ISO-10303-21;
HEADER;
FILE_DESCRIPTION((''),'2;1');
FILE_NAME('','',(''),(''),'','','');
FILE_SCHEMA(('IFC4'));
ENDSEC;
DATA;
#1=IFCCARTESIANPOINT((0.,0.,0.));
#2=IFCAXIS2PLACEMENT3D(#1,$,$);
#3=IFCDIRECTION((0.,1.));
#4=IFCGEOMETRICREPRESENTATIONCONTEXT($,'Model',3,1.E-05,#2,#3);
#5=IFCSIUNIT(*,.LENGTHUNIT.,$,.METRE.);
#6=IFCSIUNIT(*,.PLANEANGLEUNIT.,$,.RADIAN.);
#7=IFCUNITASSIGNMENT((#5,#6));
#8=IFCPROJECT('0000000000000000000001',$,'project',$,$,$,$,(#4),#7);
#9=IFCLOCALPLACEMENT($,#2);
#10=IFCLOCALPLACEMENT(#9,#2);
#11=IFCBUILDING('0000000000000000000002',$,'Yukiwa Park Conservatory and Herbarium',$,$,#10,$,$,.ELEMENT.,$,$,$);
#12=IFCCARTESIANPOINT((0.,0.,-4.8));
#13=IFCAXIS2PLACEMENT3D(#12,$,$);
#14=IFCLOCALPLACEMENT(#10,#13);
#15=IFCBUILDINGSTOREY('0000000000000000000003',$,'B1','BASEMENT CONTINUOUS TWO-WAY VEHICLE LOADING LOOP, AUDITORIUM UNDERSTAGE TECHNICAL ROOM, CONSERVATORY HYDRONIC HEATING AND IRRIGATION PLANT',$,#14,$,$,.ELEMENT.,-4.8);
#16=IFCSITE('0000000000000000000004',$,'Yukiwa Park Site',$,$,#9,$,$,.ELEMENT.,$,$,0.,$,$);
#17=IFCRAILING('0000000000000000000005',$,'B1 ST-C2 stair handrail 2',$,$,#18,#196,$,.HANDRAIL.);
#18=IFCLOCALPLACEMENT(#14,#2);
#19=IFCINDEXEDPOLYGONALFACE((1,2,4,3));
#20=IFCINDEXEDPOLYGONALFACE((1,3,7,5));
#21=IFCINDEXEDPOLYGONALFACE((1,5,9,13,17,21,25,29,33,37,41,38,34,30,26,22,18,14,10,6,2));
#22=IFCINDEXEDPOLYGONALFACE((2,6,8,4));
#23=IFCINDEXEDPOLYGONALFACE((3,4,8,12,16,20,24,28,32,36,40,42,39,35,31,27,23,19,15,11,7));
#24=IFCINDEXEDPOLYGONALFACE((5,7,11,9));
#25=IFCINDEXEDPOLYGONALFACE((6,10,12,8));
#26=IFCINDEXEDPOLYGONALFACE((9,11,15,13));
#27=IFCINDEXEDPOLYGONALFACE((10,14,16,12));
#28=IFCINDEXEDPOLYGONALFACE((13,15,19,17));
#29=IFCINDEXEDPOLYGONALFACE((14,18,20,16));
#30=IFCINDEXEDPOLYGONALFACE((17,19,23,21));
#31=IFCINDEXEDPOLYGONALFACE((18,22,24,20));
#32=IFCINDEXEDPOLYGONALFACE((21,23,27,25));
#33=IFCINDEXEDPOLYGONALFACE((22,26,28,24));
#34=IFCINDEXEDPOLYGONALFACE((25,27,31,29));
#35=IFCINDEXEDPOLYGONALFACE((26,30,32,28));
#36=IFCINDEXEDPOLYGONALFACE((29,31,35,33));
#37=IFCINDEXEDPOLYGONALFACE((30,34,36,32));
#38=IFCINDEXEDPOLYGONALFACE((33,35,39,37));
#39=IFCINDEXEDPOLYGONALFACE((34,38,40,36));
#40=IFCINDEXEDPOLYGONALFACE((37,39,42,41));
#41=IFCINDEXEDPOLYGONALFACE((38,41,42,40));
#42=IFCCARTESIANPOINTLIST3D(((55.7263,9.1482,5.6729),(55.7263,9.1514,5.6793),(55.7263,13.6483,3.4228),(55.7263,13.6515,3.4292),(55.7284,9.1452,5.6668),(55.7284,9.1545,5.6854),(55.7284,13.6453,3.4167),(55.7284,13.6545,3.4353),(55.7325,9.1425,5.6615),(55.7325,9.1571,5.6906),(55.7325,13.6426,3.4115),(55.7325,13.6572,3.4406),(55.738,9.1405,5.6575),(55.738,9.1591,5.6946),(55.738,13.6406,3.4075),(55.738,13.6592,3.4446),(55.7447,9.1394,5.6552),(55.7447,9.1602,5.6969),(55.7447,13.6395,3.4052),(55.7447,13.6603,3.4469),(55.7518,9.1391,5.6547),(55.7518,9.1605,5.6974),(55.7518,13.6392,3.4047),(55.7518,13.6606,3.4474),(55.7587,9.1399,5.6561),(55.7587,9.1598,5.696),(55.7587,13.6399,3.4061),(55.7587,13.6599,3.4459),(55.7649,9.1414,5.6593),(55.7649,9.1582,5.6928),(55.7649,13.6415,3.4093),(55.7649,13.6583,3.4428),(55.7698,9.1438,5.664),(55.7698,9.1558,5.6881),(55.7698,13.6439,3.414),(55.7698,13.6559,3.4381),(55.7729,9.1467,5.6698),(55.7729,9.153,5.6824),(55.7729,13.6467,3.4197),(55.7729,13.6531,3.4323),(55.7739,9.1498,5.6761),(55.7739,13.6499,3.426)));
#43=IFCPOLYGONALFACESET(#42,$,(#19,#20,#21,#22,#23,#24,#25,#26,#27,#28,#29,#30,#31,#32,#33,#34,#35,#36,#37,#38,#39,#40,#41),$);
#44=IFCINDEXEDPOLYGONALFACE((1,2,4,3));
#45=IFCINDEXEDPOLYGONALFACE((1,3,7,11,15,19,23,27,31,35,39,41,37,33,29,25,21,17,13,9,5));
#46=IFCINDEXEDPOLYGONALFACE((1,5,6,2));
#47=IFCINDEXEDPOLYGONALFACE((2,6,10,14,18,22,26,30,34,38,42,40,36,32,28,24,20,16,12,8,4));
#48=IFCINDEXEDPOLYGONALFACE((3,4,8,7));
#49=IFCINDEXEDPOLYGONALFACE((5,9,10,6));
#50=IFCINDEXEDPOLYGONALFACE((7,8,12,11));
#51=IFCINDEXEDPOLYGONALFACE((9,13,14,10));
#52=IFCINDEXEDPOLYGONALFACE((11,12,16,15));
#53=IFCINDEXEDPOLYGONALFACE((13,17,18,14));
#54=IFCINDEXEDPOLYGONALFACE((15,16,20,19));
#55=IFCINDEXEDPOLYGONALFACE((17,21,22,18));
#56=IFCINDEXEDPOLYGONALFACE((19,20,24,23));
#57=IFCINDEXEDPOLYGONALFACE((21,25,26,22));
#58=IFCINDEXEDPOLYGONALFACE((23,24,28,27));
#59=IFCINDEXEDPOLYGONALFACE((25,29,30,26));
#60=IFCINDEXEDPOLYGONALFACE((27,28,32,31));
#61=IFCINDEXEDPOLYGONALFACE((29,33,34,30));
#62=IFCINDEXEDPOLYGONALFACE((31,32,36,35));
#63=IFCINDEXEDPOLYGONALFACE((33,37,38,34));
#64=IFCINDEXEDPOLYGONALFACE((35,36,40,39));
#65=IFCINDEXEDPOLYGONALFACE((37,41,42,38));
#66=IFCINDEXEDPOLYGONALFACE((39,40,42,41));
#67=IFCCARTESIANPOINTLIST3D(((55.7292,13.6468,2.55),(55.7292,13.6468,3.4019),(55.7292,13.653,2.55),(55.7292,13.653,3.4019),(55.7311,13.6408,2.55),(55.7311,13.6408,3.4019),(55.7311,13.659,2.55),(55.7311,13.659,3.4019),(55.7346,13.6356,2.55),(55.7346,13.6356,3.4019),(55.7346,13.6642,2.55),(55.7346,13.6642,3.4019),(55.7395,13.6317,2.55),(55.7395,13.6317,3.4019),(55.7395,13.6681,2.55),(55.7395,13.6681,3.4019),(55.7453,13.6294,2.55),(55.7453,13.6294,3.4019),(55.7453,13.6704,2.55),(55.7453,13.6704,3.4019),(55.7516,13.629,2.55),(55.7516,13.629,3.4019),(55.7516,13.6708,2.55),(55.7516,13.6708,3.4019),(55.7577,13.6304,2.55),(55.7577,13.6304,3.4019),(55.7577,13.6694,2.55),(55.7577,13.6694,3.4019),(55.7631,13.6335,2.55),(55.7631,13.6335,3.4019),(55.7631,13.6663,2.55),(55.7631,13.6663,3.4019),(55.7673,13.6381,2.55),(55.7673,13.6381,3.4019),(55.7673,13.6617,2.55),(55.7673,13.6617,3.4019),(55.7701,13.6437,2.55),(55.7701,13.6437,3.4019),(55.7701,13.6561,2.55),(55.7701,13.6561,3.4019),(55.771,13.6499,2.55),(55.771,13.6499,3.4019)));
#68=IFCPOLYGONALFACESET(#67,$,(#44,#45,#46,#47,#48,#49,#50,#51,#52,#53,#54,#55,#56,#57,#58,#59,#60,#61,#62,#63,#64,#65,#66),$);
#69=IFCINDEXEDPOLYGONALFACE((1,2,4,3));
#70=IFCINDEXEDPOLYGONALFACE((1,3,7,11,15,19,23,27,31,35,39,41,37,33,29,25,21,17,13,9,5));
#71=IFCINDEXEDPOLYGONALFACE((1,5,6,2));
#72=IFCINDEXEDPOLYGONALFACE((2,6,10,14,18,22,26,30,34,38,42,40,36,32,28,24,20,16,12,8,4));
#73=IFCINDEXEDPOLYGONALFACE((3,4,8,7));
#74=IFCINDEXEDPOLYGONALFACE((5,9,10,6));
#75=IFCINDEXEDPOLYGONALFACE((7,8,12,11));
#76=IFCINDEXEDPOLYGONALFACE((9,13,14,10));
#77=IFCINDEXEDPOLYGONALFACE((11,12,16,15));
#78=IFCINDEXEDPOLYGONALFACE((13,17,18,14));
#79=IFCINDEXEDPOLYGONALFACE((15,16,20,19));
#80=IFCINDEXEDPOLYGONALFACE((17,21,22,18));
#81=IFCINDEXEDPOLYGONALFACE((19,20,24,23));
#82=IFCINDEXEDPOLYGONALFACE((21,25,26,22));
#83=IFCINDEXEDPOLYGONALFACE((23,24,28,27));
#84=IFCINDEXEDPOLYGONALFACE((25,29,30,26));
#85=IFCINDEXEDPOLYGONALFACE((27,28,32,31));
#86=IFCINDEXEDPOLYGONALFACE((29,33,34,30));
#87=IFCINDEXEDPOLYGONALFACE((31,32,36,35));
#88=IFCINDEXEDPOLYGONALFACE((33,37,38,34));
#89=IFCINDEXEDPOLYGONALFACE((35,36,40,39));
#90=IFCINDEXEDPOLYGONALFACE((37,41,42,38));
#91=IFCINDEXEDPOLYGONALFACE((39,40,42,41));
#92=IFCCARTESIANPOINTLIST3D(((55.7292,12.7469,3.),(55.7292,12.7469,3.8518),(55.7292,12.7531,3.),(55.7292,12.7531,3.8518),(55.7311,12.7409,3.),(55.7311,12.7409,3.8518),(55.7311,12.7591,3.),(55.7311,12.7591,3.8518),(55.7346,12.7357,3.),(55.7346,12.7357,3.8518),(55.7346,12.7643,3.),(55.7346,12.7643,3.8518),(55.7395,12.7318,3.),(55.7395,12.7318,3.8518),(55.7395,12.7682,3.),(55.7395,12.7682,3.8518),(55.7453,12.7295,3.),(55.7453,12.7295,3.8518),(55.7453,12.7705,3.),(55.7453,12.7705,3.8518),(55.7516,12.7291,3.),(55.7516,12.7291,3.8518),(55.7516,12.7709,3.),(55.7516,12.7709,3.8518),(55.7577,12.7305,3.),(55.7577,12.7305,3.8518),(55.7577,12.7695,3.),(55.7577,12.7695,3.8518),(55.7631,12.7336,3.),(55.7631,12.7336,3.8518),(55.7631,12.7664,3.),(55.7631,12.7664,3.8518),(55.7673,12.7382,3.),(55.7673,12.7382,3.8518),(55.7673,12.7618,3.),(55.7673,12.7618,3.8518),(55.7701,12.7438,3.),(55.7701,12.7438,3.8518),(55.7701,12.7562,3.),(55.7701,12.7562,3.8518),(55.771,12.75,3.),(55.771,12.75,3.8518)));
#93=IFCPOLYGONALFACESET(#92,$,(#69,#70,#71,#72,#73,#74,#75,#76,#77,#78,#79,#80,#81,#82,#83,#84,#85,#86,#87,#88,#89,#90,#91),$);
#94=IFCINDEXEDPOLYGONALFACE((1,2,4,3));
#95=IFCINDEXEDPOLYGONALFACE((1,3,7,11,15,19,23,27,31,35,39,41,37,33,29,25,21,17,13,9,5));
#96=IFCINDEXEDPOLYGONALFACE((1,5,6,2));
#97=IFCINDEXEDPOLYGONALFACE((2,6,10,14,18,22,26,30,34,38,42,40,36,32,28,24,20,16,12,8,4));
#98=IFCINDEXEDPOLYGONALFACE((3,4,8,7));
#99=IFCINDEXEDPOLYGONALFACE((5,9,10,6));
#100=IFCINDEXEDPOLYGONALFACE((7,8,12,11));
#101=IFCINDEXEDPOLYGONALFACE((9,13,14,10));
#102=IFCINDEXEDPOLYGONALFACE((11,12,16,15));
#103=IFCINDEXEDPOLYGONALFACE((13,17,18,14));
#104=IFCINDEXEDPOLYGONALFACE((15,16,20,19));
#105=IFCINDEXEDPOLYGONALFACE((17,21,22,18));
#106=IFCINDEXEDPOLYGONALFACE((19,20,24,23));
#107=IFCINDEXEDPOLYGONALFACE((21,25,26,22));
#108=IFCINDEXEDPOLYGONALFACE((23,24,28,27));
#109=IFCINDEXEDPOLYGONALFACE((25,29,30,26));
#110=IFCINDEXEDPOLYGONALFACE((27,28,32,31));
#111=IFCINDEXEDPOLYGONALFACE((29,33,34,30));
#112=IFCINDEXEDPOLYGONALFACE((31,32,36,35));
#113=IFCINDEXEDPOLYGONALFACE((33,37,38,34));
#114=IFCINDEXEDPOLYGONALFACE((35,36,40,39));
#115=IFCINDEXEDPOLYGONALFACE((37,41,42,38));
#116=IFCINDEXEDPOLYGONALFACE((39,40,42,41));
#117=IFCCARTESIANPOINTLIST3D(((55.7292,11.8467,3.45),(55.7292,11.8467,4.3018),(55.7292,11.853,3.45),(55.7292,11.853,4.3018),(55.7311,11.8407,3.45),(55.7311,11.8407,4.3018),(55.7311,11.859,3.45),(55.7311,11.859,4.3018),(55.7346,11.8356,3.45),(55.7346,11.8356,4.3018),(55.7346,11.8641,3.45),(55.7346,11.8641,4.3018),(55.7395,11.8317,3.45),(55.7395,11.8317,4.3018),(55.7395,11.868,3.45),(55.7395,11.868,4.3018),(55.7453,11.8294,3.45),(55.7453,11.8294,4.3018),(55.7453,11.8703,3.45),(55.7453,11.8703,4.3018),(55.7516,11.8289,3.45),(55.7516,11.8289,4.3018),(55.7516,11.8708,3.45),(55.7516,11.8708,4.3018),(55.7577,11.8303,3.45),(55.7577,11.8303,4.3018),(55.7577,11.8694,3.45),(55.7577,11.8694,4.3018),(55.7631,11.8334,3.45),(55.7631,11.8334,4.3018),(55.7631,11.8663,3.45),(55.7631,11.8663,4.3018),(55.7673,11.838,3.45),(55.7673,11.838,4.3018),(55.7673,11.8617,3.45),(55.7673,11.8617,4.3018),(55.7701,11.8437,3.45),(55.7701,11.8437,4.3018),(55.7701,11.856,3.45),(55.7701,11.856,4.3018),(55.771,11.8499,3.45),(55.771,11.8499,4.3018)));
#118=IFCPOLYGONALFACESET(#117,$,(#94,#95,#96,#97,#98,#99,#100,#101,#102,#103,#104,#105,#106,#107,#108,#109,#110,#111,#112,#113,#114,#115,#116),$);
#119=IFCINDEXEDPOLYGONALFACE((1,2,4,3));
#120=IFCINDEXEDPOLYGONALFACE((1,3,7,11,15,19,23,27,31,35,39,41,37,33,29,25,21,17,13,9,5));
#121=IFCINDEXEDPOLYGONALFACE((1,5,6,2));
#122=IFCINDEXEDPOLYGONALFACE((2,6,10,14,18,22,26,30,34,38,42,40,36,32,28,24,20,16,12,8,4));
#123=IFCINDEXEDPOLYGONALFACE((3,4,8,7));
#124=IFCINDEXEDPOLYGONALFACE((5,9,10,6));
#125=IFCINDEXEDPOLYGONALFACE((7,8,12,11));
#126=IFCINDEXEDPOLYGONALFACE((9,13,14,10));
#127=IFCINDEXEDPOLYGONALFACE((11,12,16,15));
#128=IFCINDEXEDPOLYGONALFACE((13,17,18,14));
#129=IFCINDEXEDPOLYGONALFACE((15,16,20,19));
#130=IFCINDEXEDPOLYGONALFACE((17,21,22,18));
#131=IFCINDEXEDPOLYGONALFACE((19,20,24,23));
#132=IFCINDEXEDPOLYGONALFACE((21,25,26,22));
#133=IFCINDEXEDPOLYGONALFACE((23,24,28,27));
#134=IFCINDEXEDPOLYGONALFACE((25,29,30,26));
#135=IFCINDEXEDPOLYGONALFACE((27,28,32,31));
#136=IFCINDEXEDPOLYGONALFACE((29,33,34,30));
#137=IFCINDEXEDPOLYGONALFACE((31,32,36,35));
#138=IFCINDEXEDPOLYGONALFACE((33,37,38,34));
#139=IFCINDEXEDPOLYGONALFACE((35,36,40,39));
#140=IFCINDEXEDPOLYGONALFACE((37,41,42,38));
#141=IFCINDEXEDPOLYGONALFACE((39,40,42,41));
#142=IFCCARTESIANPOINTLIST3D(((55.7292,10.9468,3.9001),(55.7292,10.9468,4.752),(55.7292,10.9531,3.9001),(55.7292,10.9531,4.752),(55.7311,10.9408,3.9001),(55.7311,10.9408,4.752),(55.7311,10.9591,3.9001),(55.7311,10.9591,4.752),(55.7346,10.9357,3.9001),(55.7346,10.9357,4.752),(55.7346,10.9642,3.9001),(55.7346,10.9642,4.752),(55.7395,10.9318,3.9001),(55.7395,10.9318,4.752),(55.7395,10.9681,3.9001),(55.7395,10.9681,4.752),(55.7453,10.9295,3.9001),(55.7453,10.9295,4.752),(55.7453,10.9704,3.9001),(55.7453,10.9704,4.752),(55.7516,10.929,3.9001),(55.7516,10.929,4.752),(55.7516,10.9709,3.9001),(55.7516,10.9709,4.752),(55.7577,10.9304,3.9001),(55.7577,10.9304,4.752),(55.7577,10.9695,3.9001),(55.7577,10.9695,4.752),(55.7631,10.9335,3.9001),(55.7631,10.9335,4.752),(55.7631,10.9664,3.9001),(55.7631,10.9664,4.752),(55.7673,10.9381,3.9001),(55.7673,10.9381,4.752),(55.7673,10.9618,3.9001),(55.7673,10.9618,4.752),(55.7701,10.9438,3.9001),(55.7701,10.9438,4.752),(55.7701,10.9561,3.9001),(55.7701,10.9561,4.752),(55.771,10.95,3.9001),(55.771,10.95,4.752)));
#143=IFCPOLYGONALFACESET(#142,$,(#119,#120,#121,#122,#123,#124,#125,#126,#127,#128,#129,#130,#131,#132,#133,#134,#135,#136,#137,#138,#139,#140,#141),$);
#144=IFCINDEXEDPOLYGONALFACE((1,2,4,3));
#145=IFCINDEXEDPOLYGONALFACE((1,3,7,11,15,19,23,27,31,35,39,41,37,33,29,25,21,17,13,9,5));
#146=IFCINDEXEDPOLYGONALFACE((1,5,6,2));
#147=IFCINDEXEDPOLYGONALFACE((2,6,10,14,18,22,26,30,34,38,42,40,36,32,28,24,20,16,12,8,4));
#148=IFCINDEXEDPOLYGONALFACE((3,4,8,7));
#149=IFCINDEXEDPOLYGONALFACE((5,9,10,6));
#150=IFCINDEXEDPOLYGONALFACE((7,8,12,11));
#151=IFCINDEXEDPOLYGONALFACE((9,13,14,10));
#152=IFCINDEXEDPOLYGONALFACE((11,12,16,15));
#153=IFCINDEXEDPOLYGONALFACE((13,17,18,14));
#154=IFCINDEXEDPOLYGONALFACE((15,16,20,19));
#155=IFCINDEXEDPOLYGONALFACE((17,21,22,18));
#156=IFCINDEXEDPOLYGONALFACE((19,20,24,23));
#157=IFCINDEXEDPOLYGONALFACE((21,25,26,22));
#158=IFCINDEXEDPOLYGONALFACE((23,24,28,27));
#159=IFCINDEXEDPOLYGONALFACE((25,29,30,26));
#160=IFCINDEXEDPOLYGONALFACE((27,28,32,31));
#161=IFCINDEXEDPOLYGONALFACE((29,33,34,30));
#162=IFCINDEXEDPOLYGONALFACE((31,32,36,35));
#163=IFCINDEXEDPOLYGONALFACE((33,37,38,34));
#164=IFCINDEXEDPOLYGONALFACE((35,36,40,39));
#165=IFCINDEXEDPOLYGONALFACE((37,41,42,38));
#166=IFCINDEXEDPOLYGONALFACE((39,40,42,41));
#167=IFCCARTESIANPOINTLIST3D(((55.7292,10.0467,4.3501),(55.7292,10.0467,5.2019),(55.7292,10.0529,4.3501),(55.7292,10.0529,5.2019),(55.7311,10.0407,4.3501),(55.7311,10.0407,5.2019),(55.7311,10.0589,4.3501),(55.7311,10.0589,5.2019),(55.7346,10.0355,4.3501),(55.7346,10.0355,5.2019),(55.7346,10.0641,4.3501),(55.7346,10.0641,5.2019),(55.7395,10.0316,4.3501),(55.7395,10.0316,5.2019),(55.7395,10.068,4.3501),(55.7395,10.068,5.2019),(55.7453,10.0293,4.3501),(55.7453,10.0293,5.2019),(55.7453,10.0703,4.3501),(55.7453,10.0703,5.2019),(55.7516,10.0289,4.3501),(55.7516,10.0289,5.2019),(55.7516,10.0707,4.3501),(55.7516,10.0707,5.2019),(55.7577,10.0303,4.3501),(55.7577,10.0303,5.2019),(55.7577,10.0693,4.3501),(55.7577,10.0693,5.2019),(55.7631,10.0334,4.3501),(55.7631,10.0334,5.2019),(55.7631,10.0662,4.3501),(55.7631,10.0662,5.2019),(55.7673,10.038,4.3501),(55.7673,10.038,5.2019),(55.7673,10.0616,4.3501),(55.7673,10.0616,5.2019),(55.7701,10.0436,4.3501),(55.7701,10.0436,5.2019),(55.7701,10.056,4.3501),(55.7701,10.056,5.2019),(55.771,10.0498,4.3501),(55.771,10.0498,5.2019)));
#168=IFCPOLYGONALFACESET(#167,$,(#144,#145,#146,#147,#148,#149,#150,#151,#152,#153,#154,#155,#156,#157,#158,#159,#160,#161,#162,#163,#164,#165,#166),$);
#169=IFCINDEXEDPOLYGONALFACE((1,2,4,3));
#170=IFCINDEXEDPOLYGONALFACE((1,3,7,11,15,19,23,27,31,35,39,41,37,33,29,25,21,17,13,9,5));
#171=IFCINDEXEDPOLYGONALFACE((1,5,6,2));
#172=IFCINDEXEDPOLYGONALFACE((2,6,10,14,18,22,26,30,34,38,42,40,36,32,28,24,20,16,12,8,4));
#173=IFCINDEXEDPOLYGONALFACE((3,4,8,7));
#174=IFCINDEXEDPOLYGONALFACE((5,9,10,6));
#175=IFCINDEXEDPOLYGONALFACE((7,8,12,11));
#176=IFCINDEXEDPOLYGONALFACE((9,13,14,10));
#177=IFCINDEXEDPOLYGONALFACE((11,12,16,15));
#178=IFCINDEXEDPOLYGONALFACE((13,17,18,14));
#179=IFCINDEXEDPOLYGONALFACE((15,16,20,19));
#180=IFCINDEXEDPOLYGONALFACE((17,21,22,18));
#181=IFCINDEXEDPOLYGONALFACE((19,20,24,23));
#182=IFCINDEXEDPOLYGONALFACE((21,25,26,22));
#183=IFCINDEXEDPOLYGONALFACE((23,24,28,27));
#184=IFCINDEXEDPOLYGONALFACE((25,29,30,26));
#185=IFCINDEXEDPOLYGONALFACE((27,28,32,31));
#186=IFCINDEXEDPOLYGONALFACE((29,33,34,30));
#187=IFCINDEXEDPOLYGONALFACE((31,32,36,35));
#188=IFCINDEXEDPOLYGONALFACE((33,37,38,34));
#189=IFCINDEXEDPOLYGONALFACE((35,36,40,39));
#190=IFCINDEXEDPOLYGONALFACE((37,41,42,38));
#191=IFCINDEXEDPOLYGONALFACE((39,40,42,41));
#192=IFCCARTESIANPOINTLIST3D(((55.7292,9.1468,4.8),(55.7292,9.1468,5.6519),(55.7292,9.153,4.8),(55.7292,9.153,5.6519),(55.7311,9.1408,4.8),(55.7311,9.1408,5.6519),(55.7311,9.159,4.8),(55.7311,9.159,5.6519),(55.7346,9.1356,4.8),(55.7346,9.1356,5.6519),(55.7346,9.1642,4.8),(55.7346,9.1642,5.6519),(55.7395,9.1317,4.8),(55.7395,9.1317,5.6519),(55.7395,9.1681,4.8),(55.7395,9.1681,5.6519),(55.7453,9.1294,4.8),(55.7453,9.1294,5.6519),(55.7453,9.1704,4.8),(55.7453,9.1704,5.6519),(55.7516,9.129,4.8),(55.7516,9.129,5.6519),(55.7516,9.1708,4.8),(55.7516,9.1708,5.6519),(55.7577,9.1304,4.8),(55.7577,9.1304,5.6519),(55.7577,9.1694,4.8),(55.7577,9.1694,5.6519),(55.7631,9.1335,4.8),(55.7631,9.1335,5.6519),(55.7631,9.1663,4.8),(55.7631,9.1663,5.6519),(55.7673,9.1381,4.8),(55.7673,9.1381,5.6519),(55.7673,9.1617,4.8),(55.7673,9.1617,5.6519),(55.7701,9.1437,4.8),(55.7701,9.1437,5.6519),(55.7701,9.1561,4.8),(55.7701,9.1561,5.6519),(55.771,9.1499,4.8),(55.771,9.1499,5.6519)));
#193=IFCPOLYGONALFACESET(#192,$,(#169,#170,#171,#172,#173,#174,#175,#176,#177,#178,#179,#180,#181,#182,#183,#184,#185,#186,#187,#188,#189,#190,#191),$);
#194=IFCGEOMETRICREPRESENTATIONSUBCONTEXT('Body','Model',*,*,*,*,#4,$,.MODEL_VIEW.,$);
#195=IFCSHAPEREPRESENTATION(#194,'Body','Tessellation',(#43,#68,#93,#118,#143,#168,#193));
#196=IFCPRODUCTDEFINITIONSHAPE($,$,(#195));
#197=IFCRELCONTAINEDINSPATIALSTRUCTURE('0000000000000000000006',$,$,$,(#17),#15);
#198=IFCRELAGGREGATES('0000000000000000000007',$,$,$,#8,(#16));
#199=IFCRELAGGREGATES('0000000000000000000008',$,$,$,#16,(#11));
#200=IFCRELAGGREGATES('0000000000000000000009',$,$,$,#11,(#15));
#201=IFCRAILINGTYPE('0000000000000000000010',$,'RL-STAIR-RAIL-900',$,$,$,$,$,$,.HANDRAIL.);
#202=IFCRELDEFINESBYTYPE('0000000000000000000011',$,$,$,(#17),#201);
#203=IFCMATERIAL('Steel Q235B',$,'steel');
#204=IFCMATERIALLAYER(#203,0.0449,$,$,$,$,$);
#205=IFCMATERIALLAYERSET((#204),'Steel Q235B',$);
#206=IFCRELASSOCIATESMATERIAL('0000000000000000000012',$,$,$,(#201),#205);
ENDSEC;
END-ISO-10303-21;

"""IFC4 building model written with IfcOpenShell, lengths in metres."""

from ifc_helpers import new_model, si_unit, direction, frame, origin, origin_2d, place, context, subcontext, project, spatial, circle, extrude, material, layer, layer_set, type_object, element, save


model = new_model("IFC4")

# Units and contexts
model_context = context("Model", 3, precision=1e-05, world=origin(), true_north=direction((0.0, 1.0)))
body_context = subcontext(model_context, "Body", "Model", "MODEL_VIEW")
ifc_project = project(units=[si_unit("LENGTHUNIT", "METRE"), si_unit("PLANEANGLEUNIT", "RADIAN")], contexts=[model_context])

# Site, building, storey
site_placement = place(None, origin())
site = spatial("IfcSite", under=ifc_project, at=site_placement, Name="Yukiwa Park Site", CompositionType="ELEMENT", RefElevation=0.0)
building_placement = place(site_placement, origin())
building = spatial("IfcBuilding", under=site, at=building_placement, Name="Yukiwa Park Conservatory and Herbarium", CompositionType="ELEMENT")
storey_placement = place(building_placement, frame((0.0, 0.0, -4.8)))
storey = spatial("IfcBuildingStorey", under=building, at=storey_placement, Name="B1", Description="BASEMENT CONTINUOUS TWO-WAY VEHICLE LOADING LOOP, AUDITORIUM UNDERSTAGE TECHNICAL ROOM, CONSERVATORY HYDRONIC HEATING AND IRRIGATION PLANT", CompositionType="ELEMENT", Elevation=-4.8)

# Railing
ifc_material_1 = material(Name="Steel Q235B", Category="steel")
ifc_layer_1 = layer(ifc_material_1, 0.0449)
ifc_layer_set_1 = layer_set([ifc_layer_1], Name="Steel Q235B")
railing_type_1 = type_object("IfcRailingType", Name="RL-STAIR-RAIL-900", PredefinedType="HANDRAIL", material=ifc_layer_set_1)
railing_1_placement = place(storey_placement, frame((55.75, 13.6499, 2.55)))
element("IfcRailing", 1, at=railing_1_placement, inside=storey, type_object=railing_type_1, Name="B1 ST-C2 stair handrail 2", PredefinedType="HANDRAIL", context=body_context, shape_type="SweptSolid", body=[
    extrude(circle(Radius=0.0239, at=origin_2d()), frame((0.0, 0.0, 0.876), z_axis=(0.0, -0.894427, 0.447214), x_axis=(1.0, 0.0, 0.0)), (0.0, 0.0, 1.0), 5.0312),
    extrude(circle(Radius=0.021, at=origin_2d()), origin(), (0.0, 0.0, 1.0), 0.8518),
    extrude(circle(Radius=0.021, at=origin_2d()), frame((0.0, -0.8999, 0.45)), (0.0, 0.0, 1.0), 0.8518),
    extrude(circle(Radius=0.021, at=origin_2d()), frame((0.0, -1.8, 0.8999)), (0.0, 0.0, 1.0), 0.8518),
    extrude(circle(Radius=0.021, at=origin_2d()), frame((0.0, -2.7, 1.3501)), (0.0, 0.0, 1.0), 0.8518),
    extrude(circle(Radius=0.021, at=origin_2d()), frame((0.0, -3.6001, 1.8)), (0.0, 0.0, 1.0), 0.8518),
    extrude(circle(Radius=0.021, at=origin_2d()), frame((0.0, -4.5, 2.25)), (0.0, 0.0, 1.0), 0.8518),
])

save(model, "model.ifc")
